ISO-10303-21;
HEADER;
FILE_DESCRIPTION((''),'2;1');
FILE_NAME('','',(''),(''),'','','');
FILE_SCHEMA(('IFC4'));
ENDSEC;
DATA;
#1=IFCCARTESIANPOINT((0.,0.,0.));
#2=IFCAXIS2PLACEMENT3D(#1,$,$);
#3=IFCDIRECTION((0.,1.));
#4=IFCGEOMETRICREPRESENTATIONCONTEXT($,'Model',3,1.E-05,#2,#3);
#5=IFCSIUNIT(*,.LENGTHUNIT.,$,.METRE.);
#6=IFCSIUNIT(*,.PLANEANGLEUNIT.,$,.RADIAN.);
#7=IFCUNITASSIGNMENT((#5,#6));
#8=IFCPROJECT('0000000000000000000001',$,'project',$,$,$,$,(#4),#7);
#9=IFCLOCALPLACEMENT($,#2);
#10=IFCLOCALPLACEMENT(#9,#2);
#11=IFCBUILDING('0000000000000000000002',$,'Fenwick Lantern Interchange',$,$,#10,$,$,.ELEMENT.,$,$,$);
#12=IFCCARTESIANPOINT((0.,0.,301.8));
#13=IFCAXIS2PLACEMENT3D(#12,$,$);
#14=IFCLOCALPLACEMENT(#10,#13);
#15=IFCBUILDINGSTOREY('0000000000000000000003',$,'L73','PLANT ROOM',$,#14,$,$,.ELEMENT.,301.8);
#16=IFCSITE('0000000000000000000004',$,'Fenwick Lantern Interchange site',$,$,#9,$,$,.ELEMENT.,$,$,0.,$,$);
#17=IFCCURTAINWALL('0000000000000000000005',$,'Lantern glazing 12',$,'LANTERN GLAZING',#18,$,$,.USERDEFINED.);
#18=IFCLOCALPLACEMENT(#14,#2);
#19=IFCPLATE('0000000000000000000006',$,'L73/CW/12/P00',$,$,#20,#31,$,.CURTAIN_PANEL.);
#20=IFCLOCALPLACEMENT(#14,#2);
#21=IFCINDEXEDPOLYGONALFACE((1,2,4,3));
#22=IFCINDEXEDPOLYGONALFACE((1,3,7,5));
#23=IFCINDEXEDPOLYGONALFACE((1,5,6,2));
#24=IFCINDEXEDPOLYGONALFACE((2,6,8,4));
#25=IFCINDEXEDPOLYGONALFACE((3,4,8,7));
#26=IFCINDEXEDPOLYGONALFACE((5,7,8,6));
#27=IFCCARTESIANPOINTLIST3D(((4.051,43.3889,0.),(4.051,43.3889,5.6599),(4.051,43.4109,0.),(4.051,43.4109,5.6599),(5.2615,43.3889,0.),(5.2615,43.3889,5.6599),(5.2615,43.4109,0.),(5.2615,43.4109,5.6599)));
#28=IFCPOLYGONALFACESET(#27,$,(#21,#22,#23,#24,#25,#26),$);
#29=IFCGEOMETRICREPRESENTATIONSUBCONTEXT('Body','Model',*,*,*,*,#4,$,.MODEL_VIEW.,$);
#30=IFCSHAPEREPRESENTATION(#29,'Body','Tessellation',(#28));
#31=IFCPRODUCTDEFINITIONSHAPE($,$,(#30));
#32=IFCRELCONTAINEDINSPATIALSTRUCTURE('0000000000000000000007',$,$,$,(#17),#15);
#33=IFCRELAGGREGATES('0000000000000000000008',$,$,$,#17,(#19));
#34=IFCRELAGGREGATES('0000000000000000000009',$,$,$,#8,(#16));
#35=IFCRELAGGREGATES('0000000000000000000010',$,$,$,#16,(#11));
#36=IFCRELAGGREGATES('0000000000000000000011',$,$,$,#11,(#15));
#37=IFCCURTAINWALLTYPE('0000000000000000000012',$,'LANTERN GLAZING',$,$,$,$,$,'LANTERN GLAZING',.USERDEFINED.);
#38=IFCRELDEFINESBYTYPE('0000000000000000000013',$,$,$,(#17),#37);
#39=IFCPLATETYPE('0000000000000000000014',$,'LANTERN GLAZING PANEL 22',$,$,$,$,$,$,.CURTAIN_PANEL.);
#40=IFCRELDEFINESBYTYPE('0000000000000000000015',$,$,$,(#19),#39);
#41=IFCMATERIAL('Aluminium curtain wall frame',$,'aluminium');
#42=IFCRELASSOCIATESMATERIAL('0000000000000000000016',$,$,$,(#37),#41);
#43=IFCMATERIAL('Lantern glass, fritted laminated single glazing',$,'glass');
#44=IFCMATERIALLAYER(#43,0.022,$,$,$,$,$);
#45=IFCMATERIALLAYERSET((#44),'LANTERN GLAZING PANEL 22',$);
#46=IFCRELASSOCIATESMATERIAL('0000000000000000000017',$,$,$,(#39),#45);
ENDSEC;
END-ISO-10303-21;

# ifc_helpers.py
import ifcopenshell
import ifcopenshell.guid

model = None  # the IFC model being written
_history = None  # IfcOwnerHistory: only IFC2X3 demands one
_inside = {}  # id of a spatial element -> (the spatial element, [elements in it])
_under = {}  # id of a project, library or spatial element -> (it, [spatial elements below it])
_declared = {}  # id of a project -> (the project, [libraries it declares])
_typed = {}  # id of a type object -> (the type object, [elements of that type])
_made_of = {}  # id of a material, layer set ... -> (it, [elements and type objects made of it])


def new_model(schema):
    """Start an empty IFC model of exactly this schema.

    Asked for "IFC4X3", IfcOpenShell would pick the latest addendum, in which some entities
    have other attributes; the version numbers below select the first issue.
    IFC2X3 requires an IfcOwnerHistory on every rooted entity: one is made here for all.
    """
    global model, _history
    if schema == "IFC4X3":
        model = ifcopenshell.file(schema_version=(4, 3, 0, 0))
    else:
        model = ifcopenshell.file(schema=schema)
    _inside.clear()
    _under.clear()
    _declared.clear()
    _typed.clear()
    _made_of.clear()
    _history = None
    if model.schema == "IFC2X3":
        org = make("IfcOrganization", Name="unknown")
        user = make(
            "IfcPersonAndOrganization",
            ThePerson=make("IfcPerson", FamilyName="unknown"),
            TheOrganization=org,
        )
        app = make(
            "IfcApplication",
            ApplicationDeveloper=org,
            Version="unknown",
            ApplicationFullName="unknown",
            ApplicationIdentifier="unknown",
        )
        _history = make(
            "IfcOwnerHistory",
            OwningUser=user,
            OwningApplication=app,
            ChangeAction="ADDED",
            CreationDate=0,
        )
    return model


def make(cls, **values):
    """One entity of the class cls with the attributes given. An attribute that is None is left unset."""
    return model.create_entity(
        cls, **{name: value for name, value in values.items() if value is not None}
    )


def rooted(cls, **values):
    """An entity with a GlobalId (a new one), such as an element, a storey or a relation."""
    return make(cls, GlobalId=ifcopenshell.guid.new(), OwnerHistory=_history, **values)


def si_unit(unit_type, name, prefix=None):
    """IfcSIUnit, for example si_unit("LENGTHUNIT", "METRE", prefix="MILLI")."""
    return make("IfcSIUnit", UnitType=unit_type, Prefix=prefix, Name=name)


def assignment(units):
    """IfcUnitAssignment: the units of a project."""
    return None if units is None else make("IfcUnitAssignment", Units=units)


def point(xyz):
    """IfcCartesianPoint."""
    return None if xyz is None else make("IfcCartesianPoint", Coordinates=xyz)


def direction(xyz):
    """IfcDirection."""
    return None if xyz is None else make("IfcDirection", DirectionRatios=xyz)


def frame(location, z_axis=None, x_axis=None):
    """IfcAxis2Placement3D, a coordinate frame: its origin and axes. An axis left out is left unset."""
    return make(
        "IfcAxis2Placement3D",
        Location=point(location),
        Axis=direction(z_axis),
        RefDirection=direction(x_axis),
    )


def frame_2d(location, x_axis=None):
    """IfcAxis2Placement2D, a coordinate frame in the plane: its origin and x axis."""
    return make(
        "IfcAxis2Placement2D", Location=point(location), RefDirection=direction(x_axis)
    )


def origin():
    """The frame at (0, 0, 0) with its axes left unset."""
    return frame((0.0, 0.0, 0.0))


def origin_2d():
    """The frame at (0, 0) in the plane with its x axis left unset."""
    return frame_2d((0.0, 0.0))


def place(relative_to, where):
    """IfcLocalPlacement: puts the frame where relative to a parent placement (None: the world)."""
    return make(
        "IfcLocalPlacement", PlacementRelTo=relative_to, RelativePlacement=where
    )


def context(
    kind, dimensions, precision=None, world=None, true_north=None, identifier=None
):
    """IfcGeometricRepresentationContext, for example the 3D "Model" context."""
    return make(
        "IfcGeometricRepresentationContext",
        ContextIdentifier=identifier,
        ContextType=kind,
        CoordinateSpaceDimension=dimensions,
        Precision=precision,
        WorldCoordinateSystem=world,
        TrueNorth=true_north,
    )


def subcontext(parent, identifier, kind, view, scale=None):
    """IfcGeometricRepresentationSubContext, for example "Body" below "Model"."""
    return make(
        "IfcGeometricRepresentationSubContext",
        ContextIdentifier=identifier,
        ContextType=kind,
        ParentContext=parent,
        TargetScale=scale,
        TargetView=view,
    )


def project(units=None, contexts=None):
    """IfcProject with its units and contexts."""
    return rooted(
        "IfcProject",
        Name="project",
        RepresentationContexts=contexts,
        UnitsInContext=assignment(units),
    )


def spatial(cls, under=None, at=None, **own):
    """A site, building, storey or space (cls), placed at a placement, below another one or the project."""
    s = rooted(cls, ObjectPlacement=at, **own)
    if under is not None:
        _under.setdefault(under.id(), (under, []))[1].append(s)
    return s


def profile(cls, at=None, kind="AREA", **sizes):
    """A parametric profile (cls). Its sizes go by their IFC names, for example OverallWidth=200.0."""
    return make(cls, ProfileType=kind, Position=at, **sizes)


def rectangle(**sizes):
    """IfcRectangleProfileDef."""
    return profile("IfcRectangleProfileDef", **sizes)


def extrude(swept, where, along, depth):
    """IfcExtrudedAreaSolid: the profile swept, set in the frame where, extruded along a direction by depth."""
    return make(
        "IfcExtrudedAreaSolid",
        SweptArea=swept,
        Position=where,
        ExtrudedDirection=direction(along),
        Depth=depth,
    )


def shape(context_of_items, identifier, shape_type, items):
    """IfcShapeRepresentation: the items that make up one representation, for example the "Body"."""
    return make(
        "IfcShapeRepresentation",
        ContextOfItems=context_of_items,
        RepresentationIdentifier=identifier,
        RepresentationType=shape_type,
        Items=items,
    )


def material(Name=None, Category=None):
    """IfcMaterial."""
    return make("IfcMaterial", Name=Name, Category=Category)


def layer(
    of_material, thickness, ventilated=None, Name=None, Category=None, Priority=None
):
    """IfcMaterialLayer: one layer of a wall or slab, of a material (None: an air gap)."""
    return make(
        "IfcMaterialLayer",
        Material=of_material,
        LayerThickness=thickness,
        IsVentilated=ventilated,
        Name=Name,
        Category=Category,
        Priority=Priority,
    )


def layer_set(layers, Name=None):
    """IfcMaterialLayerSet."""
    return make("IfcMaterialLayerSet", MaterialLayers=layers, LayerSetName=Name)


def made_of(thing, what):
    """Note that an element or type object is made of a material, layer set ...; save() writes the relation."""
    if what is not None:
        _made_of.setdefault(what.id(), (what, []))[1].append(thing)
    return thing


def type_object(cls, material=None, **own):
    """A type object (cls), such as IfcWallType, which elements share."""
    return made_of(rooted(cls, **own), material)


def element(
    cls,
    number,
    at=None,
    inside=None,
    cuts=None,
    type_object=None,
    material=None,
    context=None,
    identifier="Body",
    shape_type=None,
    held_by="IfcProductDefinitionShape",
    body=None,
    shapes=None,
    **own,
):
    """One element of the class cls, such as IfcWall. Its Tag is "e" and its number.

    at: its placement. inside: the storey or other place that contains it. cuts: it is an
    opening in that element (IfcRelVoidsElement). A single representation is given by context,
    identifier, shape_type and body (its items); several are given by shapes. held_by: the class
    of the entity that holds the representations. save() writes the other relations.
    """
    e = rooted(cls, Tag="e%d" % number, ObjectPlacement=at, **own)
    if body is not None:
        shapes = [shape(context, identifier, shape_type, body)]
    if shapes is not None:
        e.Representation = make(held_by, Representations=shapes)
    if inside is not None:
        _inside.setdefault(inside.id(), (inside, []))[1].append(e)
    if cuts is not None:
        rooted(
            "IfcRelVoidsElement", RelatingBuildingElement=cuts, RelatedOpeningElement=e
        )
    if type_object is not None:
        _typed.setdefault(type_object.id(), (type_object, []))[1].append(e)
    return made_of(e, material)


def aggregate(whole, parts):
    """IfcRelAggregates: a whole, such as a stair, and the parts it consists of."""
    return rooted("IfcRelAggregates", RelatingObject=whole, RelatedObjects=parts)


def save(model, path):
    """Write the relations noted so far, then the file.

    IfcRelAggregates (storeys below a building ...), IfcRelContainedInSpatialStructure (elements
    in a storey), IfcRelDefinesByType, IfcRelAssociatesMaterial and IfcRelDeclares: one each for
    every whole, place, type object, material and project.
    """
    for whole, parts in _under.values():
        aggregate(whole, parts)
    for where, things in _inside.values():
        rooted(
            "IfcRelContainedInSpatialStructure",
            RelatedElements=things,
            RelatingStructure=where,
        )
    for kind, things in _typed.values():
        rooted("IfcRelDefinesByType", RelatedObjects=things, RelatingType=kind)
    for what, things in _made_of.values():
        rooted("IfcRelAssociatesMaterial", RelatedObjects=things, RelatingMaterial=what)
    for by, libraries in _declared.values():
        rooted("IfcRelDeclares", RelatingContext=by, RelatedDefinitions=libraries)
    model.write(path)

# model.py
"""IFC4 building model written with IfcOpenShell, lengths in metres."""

from ifc_helpers import new_model, si_unit, direction, frame, origin, origin_2d, place, context, subcontext, project, spatial, rectangle, extrude, material, layer, layer_set, type_object, element, aggregate, save


model = new_model("IFC4")

# Units and contexts
model_context = context("Model", 3, precision=1e-05, world=origin(), true_north=direction((0.0, 1.0)))
body_context = subcontext(model_context, "Body", "Model", "MODEL_VIEW")
ifc_project = project(units=[si_unit("LENGTHUNIT", "METRE"), si_unit("PLANEANGLEUNIT", "RADIAN")], contexts=[model_context])

# Site, building, storey
site_placement = place(None, origin())
site = spatial("IfcSite", under=ifc_project, at=site_placement, Name="Fenwick Lantern Interchange site", CompositionType="ELEMENT", RefElevation=0.0)
building_placement = place(site_placement, origin())
building = spatial("IfcBuilding", under=site, at=building_placement, Name="Fenwick Lantern Interchange", CompositionType="ELEMENT")
storey_placement = place(building_placement, frame((0.0, 0.0, 301.8)))
storey = spatial("IfcBuildingStorey", under=building, at=storey_placement, Name="L73", Description="PLANT ROOM", CompositionType="ELEMENT", Elevation=301.8)

# Shared definitions
ifc_material_1 = material(Name="Aluminium curtain wall frame", Category="aluminium")
curtain_wall_type = type_object("IfcCurtainWallType", Name="LANTERN GLAZING", ElementType="LANTERN GLAZING", PredefinedType="USERDEFINED", material=ifc_material_1)

# Curtain wall
curtain_wall_1_placement = place(storey_placement, origin())
curtain_wall_1 = element("IfcCurtainWall", 1, at=curtain_wall_1_placement, inside=storey, type_object=curtain_wall_type, Name="Lantern glazing 12", ObjectType="LANTERN GLAZING", PredefinedType="USERDEFINED")

# Plate
ifc_material_2 = material(Name="Lantern glass, fritted laminated single glazing", Category="glass")
ifc_layer_1 = layer(ifc_material_2, 0.022)
ifc_layer_set_1 = layer_set([ifc_layer_1], Name="LANTERN GLAZING PANEL 22")
plate_type = type_object("IfcPlateType", Name="LANTERN GLAZING PANEL 22", PredefinedType="CURTAIN_PANEL", material=ifc_layer_set_1)
plate_1_placement = place(storey_placement, frame((4.6562, 43.3999, 0.0), z_axis=(0.0, 0.0, 1.0), x_axis=(-1.0, 0.0, 0.0)))
plate_1 = element("IfcPlate", 2, at=plate_1_placement, type_object=plate_type, Name="L73/CW/12/P00", PredefinedType="CURTAIN_PANEL", context=body_context, shape_type="SweptSolid", body=[
    extrude(rectangle(XDim=1.2104, YDim=0.022, at=origin_2d()), origin(), (0.0, 0.0, 1.0), 5.6599),
])
aggregate(curtain_wall_1, [plate_1])

save(model, "model.ifc")
